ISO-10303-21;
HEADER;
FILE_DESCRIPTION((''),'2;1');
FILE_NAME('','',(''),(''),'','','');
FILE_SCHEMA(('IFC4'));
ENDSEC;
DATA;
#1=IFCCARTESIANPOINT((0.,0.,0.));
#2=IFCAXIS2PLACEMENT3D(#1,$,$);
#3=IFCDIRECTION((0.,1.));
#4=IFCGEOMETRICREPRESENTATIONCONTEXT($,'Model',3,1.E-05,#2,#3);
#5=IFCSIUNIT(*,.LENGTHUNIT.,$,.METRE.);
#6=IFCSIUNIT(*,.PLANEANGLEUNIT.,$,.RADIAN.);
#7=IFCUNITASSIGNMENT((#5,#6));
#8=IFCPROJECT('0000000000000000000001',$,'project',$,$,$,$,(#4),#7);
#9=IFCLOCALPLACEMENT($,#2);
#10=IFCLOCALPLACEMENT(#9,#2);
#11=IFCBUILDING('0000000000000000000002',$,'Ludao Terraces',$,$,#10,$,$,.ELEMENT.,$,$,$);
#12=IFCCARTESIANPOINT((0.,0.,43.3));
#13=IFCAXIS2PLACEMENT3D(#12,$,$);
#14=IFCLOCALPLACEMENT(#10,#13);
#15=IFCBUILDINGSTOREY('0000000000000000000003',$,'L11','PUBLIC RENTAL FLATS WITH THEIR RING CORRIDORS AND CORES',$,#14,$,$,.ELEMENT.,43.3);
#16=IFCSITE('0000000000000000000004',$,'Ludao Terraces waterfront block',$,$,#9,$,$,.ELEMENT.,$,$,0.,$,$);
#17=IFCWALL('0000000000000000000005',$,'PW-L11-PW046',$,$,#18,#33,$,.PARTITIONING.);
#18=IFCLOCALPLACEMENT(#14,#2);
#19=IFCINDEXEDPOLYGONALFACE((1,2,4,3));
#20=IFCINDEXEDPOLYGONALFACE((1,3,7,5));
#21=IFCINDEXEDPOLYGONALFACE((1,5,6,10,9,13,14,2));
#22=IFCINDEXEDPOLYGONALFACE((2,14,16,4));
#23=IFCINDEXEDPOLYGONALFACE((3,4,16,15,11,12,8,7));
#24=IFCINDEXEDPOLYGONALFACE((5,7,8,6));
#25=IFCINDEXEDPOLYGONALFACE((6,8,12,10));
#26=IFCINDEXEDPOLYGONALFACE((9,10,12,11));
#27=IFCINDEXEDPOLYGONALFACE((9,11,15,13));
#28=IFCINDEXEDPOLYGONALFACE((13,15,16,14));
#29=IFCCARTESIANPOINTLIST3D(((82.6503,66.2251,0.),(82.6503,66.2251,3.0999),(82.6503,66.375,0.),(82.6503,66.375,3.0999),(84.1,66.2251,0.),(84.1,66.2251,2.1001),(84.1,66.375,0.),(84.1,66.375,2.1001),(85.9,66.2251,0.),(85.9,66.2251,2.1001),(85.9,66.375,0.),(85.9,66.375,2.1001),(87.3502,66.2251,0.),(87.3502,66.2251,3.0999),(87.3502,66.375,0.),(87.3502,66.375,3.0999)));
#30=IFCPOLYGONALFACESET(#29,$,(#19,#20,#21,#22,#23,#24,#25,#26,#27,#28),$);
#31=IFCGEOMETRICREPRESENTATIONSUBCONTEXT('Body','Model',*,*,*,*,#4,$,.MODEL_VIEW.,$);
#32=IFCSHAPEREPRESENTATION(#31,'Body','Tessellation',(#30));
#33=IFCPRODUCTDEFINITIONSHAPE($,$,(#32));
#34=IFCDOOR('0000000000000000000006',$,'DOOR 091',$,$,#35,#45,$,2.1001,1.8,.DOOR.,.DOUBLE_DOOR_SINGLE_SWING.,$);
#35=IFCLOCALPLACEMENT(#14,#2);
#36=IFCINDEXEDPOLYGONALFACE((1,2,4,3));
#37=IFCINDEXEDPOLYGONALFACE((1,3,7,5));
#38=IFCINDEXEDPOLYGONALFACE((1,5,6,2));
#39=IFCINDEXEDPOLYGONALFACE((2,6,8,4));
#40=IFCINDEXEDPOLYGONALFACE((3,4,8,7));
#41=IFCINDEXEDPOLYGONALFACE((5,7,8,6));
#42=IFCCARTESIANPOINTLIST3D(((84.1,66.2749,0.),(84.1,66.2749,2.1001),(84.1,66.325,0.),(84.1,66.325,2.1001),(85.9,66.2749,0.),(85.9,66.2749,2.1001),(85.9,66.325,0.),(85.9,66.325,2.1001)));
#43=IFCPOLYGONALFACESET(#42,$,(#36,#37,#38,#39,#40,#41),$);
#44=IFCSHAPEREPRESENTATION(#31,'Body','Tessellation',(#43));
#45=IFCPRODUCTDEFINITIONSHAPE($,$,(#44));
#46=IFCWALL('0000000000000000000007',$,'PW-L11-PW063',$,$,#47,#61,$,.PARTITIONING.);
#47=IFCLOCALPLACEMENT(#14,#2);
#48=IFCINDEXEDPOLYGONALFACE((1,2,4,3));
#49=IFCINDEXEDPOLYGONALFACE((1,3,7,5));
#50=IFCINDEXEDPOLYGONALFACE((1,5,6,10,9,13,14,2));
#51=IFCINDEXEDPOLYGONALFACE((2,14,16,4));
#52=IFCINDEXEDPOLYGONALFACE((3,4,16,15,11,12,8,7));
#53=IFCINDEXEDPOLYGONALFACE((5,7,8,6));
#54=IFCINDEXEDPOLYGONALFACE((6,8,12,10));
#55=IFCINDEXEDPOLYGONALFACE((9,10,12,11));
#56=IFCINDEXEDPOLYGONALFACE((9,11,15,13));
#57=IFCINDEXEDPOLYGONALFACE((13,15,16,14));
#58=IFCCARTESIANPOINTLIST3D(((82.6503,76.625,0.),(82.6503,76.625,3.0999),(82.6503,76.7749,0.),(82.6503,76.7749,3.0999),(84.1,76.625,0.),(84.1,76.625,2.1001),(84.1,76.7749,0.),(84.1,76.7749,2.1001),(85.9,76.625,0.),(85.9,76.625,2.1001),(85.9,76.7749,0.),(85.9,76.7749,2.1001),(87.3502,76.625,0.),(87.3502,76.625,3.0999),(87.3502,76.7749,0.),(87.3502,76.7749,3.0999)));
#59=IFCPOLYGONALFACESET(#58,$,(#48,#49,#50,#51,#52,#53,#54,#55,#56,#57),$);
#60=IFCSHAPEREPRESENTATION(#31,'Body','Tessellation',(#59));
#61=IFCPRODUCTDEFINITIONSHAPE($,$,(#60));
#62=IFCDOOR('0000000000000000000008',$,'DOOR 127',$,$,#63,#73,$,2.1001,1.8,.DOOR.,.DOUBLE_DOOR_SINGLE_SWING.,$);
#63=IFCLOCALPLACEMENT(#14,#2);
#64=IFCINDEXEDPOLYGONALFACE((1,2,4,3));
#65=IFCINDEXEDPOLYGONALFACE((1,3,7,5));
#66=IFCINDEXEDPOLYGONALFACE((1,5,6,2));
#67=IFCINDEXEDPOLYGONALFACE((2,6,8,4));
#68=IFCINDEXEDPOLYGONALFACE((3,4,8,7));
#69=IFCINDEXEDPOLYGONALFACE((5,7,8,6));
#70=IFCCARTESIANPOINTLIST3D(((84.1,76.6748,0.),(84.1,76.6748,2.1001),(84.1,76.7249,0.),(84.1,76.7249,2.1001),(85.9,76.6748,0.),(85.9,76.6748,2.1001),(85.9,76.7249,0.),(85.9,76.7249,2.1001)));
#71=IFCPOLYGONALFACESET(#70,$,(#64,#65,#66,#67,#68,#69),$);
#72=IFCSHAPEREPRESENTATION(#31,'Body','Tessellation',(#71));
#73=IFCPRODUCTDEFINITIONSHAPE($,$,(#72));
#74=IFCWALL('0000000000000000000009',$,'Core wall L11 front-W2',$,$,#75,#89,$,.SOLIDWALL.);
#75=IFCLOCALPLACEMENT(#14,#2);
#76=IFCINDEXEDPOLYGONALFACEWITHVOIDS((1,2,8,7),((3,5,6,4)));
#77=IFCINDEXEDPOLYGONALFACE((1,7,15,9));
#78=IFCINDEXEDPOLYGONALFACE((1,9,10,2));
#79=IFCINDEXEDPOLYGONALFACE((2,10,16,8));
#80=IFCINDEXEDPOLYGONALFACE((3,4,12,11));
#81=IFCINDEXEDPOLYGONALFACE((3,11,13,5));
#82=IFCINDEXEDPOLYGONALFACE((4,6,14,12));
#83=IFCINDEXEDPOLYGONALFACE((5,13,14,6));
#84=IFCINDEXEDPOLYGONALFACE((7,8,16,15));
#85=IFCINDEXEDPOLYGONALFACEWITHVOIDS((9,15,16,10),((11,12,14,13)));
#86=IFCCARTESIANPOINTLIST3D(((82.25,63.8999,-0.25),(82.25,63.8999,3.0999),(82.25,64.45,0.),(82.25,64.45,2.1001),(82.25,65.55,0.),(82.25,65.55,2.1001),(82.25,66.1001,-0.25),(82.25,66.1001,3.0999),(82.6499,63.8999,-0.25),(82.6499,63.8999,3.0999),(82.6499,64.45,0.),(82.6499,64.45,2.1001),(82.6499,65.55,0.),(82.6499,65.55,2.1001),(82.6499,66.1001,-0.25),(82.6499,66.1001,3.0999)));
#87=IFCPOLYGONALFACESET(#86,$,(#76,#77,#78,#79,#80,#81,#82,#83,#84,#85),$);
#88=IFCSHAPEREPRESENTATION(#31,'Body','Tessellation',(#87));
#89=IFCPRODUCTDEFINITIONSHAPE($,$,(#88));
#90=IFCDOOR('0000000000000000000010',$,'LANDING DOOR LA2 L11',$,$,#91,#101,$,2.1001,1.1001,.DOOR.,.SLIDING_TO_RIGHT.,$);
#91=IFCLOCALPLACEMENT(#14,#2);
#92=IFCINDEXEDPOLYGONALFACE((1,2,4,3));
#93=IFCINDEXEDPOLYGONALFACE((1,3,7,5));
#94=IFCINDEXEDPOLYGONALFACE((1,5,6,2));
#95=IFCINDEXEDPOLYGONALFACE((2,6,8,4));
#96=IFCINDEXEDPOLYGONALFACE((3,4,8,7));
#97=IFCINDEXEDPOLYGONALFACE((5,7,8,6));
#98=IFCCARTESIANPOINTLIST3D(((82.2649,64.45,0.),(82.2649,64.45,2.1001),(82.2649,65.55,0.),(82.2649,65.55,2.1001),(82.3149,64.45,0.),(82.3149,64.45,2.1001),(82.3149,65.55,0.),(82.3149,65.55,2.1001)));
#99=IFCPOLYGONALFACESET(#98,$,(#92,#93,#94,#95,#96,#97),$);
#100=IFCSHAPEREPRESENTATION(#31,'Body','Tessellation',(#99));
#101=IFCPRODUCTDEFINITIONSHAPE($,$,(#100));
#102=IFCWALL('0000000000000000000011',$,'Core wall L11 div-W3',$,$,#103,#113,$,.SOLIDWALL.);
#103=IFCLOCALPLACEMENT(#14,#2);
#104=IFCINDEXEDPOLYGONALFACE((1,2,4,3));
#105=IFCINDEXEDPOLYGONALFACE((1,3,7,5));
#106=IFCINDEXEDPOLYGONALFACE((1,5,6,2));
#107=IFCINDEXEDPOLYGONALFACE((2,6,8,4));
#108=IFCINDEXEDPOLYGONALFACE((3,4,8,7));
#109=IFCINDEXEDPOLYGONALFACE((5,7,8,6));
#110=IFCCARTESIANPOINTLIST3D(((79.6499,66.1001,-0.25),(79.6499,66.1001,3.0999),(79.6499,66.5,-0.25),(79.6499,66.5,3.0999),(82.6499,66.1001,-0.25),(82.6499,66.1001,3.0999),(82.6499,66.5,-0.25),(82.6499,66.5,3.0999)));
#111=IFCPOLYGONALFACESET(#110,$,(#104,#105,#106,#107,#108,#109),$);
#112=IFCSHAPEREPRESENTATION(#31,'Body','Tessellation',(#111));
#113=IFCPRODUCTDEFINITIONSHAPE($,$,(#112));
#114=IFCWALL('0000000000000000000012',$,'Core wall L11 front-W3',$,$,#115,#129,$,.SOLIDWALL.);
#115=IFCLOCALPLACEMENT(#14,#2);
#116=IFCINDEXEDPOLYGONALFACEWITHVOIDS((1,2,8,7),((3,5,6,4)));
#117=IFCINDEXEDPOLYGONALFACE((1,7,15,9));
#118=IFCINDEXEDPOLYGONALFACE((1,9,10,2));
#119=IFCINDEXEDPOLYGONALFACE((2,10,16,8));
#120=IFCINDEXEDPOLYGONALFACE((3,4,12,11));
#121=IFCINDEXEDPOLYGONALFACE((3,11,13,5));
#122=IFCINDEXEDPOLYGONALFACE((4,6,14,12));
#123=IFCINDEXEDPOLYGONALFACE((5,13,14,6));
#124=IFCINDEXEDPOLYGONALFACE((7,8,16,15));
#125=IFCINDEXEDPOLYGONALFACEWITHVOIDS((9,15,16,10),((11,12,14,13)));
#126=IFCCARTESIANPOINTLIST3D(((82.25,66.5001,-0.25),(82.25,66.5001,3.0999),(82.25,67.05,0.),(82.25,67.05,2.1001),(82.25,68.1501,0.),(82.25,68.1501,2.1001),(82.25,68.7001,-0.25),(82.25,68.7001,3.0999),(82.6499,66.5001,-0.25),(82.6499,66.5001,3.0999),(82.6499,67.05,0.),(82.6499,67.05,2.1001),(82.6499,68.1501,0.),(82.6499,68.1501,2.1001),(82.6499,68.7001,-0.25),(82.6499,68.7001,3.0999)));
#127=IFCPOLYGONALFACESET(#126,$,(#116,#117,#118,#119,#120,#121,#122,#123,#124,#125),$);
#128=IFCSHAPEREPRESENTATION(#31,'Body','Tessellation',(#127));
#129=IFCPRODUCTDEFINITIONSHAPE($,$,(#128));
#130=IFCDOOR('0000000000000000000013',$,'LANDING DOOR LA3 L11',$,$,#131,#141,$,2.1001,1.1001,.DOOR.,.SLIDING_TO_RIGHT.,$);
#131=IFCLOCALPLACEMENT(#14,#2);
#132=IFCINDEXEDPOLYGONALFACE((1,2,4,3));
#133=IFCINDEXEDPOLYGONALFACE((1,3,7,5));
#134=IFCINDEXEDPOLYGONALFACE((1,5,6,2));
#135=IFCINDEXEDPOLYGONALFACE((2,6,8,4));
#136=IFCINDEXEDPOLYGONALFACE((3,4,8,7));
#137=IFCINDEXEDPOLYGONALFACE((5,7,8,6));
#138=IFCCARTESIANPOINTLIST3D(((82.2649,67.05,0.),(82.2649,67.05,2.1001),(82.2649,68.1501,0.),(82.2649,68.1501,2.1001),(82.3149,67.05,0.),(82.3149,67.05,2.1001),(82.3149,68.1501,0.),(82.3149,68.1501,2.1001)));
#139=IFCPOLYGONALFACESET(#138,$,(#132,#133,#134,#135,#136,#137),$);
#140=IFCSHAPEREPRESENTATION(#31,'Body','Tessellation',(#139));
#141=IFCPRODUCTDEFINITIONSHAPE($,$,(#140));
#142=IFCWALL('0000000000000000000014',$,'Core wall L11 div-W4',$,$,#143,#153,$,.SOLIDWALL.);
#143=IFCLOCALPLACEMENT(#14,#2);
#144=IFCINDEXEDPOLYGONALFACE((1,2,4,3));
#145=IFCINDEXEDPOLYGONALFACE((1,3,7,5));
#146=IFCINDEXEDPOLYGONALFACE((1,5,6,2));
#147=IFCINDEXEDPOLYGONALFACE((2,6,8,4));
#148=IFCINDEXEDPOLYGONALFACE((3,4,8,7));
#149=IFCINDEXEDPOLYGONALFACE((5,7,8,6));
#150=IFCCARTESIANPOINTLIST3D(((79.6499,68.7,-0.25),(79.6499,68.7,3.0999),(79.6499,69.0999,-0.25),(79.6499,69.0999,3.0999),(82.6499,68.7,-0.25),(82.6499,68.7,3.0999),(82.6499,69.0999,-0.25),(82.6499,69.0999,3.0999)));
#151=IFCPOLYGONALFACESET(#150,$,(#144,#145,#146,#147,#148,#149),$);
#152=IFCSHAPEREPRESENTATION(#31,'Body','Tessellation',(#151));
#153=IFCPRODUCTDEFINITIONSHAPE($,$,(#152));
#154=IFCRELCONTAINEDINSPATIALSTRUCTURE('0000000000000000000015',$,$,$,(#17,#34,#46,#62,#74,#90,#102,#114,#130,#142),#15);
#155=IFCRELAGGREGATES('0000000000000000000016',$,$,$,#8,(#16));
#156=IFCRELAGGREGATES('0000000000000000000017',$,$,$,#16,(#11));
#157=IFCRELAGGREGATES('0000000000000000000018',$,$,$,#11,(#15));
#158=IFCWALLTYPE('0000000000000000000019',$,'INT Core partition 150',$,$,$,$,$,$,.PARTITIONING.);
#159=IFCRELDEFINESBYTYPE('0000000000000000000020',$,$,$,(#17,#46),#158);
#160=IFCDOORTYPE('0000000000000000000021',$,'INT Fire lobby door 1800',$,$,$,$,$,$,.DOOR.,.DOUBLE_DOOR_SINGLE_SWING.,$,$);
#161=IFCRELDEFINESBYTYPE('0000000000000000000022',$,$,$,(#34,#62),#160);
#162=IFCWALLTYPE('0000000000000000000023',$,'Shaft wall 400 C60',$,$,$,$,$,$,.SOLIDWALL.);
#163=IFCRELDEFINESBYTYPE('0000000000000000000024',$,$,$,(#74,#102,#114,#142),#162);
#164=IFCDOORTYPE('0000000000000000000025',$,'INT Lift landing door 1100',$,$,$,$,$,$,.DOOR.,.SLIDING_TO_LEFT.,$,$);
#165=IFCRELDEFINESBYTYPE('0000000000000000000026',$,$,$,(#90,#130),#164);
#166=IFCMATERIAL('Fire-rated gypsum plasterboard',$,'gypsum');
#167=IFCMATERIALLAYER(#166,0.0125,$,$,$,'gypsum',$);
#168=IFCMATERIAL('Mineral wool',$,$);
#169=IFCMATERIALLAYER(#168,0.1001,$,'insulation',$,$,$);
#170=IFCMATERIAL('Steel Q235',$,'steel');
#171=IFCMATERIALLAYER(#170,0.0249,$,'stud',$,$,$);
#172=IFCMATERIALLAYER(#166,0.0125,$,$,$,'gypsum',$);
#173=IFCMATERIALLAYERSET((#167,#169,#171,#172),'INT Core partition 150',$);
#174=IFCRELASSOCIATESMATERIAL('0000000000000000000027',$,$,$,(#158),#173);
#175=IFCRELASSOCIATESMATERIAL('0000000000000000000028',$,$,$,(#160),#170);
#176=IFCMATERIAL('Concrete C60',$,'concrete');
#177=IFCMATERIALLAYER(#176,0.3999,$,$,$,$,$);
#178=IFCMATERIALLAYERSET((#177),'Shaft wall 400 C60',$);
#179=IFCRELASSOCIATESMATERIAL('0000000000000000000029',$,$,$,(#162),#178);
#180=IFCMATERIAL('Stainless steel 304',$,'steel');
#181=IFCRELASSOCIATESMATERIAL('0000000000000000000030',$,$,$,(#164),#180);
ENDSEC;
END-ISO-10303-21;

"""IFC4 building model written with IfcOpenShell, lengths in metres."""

from ifc_helpers import new_model, si_unit, direction, frame, frame_2d, origin, place, context, subcontext, project, spatial, rectangle, extrude, material, layer, layer_set, type_object, element, fill, save


model = new_model("IFC4")

# Units and contexts
model_context = context("Model", 3, precision=1e-05, world=origin(), true_north=direction((0.0, 1.0)))
body_context = subcontext(model_context, "Body", "Model", "MODEL_VIEW")
ifc_project = project(units=[si_unit("LENGTHUNIT", "METRE"), si_unit("PLANEANGLEUNIT", "RADIAN")], contexts=[model_context])

# Site, building, storey
site_placement = place(None, origin())
site = spatial("IfcSite", under=ifc_project, at=site_placement, Name="Ludao Terraces waterfront block", CompositionType="ELEMENT", RefElevation=0.0)
building_placement = place(site_placement, origin())
building = spatial("IfcBuilding", under=site, at=building_placement, Name="Ludao Terraces", CompositionType="ELEMENT")
storey_placement = place(building_placement, frame((0.0, 0.0, 43.3)))
storey = spatial("IfcBuildingStorey", under=building, at=storey_placement, Name="L11", Description="PUBLIC RENTAL FLATS WITH THEIR RING CORRIDORS AND CORES", CompositionType="ELEMENT", Elevation=43.3)

# Walls, openings, doors
ifc_material_1 = material(Name="Fire-rated gypsum plasterboard", Category="gypsum")
ifc_layer_1 = layer(ifc_material_1, 0.0125, Category="gypsum")
ifc_material_2 = material(Name="Mineral wool")
ifc_layer_2 = layer(ifc_material_2, 0.1001, Name="insulation")
ifc_material_3 = material(Name="Steel Q235", Category="steel")
ifc_layer_3 = layer(ifc_material_3, 0.0249, Name="stud")
ifc_layer_4 = layer(ifc_material_1, 0.0125, Category="gypsum")
ifc_layer_set_1 = layer_set([ifc_layer_1, ifc_layer_2, ifc_layer_3, ifc_layer_4], Name="INT Core partition 150")
wall_type_1 = type_object("IfcWallType", Name="INT Core partition 150", PredefinedType="PARTITIONING", material=ifc_layer_set_1)
wall_1_placement = place(storey_placement, frame((82.6501, 66.3, 0.0), z_axis=(0.0, 0.0, 1.0), x_axis=(1.0, 0.0, 0.0)))
wall_1 = element("IfcWall", 1, at=wall_1_placement, inside=storey, type_object=wall_type_1, Name="PW-L11-PW046", PredefinedType="PARTITIONING", context=body_context, shape_type="SweptSolid", body=[
    extrude(rectangle(XDim=4.7, YDim=0.1499, at=frame_2d((2.3501, 0.0))), origin(), (0.0, 0.0, 1.0), 3.0999),
])
opening_1_placement = place(wall_1_placement, frame((1.45, 0.0, 0.0)))
opening_1 = element("IfcOpeningElement", 2, at=opening_1_placement, cuts=wall_1, PredefinedType="OPENING", context=body_context, shape_type="SweptSolid", body=[
    extrude(rectangle(XDim=1.8, YDim=2.1001, at=frame_2d((0.8999, 1.05))), frame((0.0, 0.085, 0.0), z_axis=(0.0, -1.0, 0.0), x_axis=(1.0, 0.0, 0.0)), (0.0, 0.0, 1.0), 0.1699),
])
door_type_1 = type_object("IfcDoorType", Name="INT Fire lobby door 1800", OperationType="DOUBLE_DOOR_SINGLE_SWING", PredefinedType="DOOR", material=ifc_material_3)
door_1_placement = place(opening_1_placement, origin())
door_1 = element("IfcDoor", 3, at=door_1_placement, inside=storey, type_object=door_type_1, Name="DOOR 091", OperationType="DOUBLE_DOOR_SINGLE_SWING", OverallHeight=2.1001, OverallWidth=1.8, PredefinedType="DOOR", context=body_context, shape_type="SweptSolid", body=[
    extrude(rectangle(XDim=1.8, YDim=2.1001, at=frame_2d((0.8999, 1.05))), frame((0.0, 0.0249, 0.0), z_axis=(0.0, -1.0, 0.0), x_axis=(1.0, 0.0, 0.0)), (0.0, 0.0, 1.0), 0.05),
])
fill(opening_1, door_1)
wall_2_placement = place(storey_placement, frame((82.6501, 76.7, 0.0), z_axis=(0.0, 0.0, 1.0), x_axis=(1.0, 0.0, 0.0)))
wall_2 = element("IfcWall", 4, at=wall_2_placement, inside=storey, type_object=wall_type_1, Name="PW-L11-PW063", PredefinedType="PARTITIONING", context=body_context, shape_type="SweptSolid", body=[
    extrude(rectangle(XDim=4.7, YDim=0.1499, at=frame_2d((2.3501, 0.0))), origin(), (0.0, 0.0, 1.0), 3.0999),
])
opening_2_placement = place(wall_2_placement, frame((1.45, 0.0, 0.0)))
opening_2 = element("IfcOpeningElement", 5, at=opening_2_placement, cuts=wall_2, PredefinedType="OPENING", context=body_context, shape_type="SweptSolid", body=[
    extrude(rectangle(XDim=1.8, YDim=2.1001, at=frame_2d((0.8999, 1.05))), frame((0.0, 0.085, 0.0), z_axis=(0.0, -1.0, 0.0), x_axis=(1.0, 0.0, 0.0)), (0.0, 0.0, 1.0), 0.1699),
])
door_2_placement = place(opening_2_placement, origin())
door_2 = element("IfcDoor", 6, at=door_2_placement, inside=storey, type_object=door_type_1, Name="DOOR 127", OperationType="DOUBLE_DOOR_SINGLE_SWING", OverallHeight=2.1001, OverallWidth=1.8, PredefinedType="DOOR", context=body_context, shape_type="SweptSolid", body=[
    extrude(rectangle(XDim=1.8, YDim=2.1001, at=frame_2d((0.8999, 1.05))), frame((0.0, 0.0249, 0.0), z_axis=(0.0, -1.0, 0.0), x_axis=(1.0, 0.0, 0.0)), (0.0, 0.0, 1.0), 0.05),
])
fill(opening_2, door_2)
ifc_material_4 = material(Name="Concrete C60", Category="concrete")
ifc_layer_5 = layer(ifc_material_4, 0.3999)
ifc_layer_set_2 = layer_set([ifc_layer_5], Name="Shaft wall 400 C60")
wall_type_2 = type_object("IfcWallType", Name="Shaft wall 400 C60", PredefinedType="SOLIDWALL", material=ifc_layer_set_2)
wall_3_placement = place(storey_placement, frame((82.45, 63.8999, -0.25), z_axis=(0.0, 0.0, 1.0), x_axis=(0.0, 1.0, 0.0)))
wall_3 = element("IfcWall", 7, at=wall_3_placement, inside=storey, type_object=wall_type_2, Name="Core wall L11 front-W2", PredefinedType="SOLIDWALL", context=body_context, shape_type="SweptSolid", body=[
    extrude(rectangle(XDim=2.2002, YDim=0.3999, at=frame_2d((1.1001, 0.0))), origin(), (0.0, 0.0, 1.0), 3.3499),
])
opening_3_placement = place(wall_3_placement, frame((0.55, 0.0, 0.25)))
opening_3 = element("IfcOpeningElement", 8, at=opening_3_placement, cuts=wall_3, PredefinedType="OPENING", context=body_context, shape_type="SweptSolid", body=[
    extrude(rectangle(XDim=1.1001, YDim=2.1001, at=frame_2d((0.55, 1.05))), frame((0.0, 0.21, 0.0), z_axis=(0.0, -1.0, 0.0), x_axis=(1.0, 0.0, 0.0)), (0.0, 0.0, 1.0), 0.4199),
])
ifc_material_5 = material(Name="Stainless steel 304", Category="steel")
door_type_2 = type_object("IfcDoorType", Name="INT Lift landing door 1100", OperationType="SLIDING_TO_LEFT", PredefinedType="DOOR", material=ifc_material_5)
door_3_placement = place(opening_3_placement, origin())
door_3 = element("IfcDoor", 9, at=door_3_placement, inside=storey, type_object=door_type_2, Name="LANDING DOOR LA2 L11", OperationType="SLIDING_TO_RIGHT", OverallHeight=2.1001, OverallWidth=1.1001, PredefinedType="DOOR", context=body_context, shape_type="SweptSolid", body=[
    extrude(rectangle(XDim=1.1001, YDim=2.1001, at=frame_2d((0.55, 1.05))), frame((0.0, 0.1851, 0.0), z_axis=(0.0, -1.0, 0.0), x_axis=(1.0, 0.0, 0.0)), (0.0, 0.0, 1.0), 0.05),
])
fill(opening_3, door_3)

# Wall
wall_4_placement = place(storey_placement, frame((79.6499, 66.3, -0.25), z_axis=(0.0, 0.0, 1.0), x_axis=(1.0, 0.0, 0.0)))
element("IfcWall", 10, at=wall_4_placement, inside=storey, type_object=wall_type_2, Name="Core wall L11 div-W3", PredefinedType="SOLIDWALL", context=body_context, shape_type="SweptSolid", body=[
    extrude(rectangle(XDim=3.0, YDim=0.3999, at=frame_2d((1.5, 0.0))), origin(), (0.0, 0.0, 1.0), 3.3499),
])

# Wall, opening, door
wall_5_placement = place(storey_placement, frame((82.45, 66.5, -0.25), z_axis=(0.0, 0.0, 1.0), x_axis=(0.0, 1.0, 0.0)))
wall_5 = element("IfcWall", 11, at=wall_5_placement, inside=storey, type_object=wall_type_2, Name="Core wall L11 front-W3", PredefinedType="SOLIDWALL", context=body_context, shape_type="SweptSolid", body=[
    extrude(rectangle(XDim=2.2, YDim=0.3999, at=frame_2d((1.1001, 0.0))), origin(), (0.0, 0.0, 1.0), 3.3499),
])
opening_4_placement = place(wall_5_placement, frame((0.55, 0.0, 0.25)))
opening_4 = element("IfcOpeningElement", 12, at=opening_4_placement, cuts=wall_5, PredefinedType="OPENING", context=body_context, shape_type="SweptSolid", body=[
    extrude(rectangle(XDim=1.1001, YDim=2.1001, at=frame_2d((0.55, 1.05))), frame((0.0, 0.21, 0.0), z_axis=(0.0, -1.0, 0.0), x_axis=(1.0, 0.0, 0.0)), (0.0, 0.0, 1.0), 0.4199),
])
door_4_placement = place(opening_4_placement, origin())
door_4 = element("IfcDoor", 13, at=door_4_placement, inside=storey, type_object=door_type_2, Name="LANDING DOOR LA3 L11", OperationType="SLIDING_TO_RIGHT", OverallHeight=2.1001, OverallWidth=1.1001, PredefinedType="DOOR", context=body_context, shape_type="SweptSolid", body=[
    extrude(rectangle(XDim=1.1001, YDim=2.1001, at=frame_2d((0.55, 1.05))), frame((0.0, 0.1851, 0.0), z_axis=(0.0, -1.0, 0.0), x_axis=(1.0, 0.0, 0.0)), (0.0, 0.0, 1.0), 0.05),
])
fill(opening_4, door_4)

# Wall
wall_6_placement = place(storey_placement, frame((79.6499, 68.8999, -0.25), z_axis=(0.0, 0.0, 1.0), x_axis=(1.0, 0.0, 0.0)))
element("IfcWall", 14, at=wall_6_placement, inside=storey, type_object=wall_type_2, Name="Core wall L11 div-W4", PredefinedType="SOLIDWALL", context=body_context, shape_type="SweptSolid", body=[
    extrude(rectangle(XDim=3.0, YDim=0.3999, at=frame_2d((1.5, 0.0))), origin(), (0.0, 0.0, 1.0), 3.3499),
])

save(model, "model.ifc")
